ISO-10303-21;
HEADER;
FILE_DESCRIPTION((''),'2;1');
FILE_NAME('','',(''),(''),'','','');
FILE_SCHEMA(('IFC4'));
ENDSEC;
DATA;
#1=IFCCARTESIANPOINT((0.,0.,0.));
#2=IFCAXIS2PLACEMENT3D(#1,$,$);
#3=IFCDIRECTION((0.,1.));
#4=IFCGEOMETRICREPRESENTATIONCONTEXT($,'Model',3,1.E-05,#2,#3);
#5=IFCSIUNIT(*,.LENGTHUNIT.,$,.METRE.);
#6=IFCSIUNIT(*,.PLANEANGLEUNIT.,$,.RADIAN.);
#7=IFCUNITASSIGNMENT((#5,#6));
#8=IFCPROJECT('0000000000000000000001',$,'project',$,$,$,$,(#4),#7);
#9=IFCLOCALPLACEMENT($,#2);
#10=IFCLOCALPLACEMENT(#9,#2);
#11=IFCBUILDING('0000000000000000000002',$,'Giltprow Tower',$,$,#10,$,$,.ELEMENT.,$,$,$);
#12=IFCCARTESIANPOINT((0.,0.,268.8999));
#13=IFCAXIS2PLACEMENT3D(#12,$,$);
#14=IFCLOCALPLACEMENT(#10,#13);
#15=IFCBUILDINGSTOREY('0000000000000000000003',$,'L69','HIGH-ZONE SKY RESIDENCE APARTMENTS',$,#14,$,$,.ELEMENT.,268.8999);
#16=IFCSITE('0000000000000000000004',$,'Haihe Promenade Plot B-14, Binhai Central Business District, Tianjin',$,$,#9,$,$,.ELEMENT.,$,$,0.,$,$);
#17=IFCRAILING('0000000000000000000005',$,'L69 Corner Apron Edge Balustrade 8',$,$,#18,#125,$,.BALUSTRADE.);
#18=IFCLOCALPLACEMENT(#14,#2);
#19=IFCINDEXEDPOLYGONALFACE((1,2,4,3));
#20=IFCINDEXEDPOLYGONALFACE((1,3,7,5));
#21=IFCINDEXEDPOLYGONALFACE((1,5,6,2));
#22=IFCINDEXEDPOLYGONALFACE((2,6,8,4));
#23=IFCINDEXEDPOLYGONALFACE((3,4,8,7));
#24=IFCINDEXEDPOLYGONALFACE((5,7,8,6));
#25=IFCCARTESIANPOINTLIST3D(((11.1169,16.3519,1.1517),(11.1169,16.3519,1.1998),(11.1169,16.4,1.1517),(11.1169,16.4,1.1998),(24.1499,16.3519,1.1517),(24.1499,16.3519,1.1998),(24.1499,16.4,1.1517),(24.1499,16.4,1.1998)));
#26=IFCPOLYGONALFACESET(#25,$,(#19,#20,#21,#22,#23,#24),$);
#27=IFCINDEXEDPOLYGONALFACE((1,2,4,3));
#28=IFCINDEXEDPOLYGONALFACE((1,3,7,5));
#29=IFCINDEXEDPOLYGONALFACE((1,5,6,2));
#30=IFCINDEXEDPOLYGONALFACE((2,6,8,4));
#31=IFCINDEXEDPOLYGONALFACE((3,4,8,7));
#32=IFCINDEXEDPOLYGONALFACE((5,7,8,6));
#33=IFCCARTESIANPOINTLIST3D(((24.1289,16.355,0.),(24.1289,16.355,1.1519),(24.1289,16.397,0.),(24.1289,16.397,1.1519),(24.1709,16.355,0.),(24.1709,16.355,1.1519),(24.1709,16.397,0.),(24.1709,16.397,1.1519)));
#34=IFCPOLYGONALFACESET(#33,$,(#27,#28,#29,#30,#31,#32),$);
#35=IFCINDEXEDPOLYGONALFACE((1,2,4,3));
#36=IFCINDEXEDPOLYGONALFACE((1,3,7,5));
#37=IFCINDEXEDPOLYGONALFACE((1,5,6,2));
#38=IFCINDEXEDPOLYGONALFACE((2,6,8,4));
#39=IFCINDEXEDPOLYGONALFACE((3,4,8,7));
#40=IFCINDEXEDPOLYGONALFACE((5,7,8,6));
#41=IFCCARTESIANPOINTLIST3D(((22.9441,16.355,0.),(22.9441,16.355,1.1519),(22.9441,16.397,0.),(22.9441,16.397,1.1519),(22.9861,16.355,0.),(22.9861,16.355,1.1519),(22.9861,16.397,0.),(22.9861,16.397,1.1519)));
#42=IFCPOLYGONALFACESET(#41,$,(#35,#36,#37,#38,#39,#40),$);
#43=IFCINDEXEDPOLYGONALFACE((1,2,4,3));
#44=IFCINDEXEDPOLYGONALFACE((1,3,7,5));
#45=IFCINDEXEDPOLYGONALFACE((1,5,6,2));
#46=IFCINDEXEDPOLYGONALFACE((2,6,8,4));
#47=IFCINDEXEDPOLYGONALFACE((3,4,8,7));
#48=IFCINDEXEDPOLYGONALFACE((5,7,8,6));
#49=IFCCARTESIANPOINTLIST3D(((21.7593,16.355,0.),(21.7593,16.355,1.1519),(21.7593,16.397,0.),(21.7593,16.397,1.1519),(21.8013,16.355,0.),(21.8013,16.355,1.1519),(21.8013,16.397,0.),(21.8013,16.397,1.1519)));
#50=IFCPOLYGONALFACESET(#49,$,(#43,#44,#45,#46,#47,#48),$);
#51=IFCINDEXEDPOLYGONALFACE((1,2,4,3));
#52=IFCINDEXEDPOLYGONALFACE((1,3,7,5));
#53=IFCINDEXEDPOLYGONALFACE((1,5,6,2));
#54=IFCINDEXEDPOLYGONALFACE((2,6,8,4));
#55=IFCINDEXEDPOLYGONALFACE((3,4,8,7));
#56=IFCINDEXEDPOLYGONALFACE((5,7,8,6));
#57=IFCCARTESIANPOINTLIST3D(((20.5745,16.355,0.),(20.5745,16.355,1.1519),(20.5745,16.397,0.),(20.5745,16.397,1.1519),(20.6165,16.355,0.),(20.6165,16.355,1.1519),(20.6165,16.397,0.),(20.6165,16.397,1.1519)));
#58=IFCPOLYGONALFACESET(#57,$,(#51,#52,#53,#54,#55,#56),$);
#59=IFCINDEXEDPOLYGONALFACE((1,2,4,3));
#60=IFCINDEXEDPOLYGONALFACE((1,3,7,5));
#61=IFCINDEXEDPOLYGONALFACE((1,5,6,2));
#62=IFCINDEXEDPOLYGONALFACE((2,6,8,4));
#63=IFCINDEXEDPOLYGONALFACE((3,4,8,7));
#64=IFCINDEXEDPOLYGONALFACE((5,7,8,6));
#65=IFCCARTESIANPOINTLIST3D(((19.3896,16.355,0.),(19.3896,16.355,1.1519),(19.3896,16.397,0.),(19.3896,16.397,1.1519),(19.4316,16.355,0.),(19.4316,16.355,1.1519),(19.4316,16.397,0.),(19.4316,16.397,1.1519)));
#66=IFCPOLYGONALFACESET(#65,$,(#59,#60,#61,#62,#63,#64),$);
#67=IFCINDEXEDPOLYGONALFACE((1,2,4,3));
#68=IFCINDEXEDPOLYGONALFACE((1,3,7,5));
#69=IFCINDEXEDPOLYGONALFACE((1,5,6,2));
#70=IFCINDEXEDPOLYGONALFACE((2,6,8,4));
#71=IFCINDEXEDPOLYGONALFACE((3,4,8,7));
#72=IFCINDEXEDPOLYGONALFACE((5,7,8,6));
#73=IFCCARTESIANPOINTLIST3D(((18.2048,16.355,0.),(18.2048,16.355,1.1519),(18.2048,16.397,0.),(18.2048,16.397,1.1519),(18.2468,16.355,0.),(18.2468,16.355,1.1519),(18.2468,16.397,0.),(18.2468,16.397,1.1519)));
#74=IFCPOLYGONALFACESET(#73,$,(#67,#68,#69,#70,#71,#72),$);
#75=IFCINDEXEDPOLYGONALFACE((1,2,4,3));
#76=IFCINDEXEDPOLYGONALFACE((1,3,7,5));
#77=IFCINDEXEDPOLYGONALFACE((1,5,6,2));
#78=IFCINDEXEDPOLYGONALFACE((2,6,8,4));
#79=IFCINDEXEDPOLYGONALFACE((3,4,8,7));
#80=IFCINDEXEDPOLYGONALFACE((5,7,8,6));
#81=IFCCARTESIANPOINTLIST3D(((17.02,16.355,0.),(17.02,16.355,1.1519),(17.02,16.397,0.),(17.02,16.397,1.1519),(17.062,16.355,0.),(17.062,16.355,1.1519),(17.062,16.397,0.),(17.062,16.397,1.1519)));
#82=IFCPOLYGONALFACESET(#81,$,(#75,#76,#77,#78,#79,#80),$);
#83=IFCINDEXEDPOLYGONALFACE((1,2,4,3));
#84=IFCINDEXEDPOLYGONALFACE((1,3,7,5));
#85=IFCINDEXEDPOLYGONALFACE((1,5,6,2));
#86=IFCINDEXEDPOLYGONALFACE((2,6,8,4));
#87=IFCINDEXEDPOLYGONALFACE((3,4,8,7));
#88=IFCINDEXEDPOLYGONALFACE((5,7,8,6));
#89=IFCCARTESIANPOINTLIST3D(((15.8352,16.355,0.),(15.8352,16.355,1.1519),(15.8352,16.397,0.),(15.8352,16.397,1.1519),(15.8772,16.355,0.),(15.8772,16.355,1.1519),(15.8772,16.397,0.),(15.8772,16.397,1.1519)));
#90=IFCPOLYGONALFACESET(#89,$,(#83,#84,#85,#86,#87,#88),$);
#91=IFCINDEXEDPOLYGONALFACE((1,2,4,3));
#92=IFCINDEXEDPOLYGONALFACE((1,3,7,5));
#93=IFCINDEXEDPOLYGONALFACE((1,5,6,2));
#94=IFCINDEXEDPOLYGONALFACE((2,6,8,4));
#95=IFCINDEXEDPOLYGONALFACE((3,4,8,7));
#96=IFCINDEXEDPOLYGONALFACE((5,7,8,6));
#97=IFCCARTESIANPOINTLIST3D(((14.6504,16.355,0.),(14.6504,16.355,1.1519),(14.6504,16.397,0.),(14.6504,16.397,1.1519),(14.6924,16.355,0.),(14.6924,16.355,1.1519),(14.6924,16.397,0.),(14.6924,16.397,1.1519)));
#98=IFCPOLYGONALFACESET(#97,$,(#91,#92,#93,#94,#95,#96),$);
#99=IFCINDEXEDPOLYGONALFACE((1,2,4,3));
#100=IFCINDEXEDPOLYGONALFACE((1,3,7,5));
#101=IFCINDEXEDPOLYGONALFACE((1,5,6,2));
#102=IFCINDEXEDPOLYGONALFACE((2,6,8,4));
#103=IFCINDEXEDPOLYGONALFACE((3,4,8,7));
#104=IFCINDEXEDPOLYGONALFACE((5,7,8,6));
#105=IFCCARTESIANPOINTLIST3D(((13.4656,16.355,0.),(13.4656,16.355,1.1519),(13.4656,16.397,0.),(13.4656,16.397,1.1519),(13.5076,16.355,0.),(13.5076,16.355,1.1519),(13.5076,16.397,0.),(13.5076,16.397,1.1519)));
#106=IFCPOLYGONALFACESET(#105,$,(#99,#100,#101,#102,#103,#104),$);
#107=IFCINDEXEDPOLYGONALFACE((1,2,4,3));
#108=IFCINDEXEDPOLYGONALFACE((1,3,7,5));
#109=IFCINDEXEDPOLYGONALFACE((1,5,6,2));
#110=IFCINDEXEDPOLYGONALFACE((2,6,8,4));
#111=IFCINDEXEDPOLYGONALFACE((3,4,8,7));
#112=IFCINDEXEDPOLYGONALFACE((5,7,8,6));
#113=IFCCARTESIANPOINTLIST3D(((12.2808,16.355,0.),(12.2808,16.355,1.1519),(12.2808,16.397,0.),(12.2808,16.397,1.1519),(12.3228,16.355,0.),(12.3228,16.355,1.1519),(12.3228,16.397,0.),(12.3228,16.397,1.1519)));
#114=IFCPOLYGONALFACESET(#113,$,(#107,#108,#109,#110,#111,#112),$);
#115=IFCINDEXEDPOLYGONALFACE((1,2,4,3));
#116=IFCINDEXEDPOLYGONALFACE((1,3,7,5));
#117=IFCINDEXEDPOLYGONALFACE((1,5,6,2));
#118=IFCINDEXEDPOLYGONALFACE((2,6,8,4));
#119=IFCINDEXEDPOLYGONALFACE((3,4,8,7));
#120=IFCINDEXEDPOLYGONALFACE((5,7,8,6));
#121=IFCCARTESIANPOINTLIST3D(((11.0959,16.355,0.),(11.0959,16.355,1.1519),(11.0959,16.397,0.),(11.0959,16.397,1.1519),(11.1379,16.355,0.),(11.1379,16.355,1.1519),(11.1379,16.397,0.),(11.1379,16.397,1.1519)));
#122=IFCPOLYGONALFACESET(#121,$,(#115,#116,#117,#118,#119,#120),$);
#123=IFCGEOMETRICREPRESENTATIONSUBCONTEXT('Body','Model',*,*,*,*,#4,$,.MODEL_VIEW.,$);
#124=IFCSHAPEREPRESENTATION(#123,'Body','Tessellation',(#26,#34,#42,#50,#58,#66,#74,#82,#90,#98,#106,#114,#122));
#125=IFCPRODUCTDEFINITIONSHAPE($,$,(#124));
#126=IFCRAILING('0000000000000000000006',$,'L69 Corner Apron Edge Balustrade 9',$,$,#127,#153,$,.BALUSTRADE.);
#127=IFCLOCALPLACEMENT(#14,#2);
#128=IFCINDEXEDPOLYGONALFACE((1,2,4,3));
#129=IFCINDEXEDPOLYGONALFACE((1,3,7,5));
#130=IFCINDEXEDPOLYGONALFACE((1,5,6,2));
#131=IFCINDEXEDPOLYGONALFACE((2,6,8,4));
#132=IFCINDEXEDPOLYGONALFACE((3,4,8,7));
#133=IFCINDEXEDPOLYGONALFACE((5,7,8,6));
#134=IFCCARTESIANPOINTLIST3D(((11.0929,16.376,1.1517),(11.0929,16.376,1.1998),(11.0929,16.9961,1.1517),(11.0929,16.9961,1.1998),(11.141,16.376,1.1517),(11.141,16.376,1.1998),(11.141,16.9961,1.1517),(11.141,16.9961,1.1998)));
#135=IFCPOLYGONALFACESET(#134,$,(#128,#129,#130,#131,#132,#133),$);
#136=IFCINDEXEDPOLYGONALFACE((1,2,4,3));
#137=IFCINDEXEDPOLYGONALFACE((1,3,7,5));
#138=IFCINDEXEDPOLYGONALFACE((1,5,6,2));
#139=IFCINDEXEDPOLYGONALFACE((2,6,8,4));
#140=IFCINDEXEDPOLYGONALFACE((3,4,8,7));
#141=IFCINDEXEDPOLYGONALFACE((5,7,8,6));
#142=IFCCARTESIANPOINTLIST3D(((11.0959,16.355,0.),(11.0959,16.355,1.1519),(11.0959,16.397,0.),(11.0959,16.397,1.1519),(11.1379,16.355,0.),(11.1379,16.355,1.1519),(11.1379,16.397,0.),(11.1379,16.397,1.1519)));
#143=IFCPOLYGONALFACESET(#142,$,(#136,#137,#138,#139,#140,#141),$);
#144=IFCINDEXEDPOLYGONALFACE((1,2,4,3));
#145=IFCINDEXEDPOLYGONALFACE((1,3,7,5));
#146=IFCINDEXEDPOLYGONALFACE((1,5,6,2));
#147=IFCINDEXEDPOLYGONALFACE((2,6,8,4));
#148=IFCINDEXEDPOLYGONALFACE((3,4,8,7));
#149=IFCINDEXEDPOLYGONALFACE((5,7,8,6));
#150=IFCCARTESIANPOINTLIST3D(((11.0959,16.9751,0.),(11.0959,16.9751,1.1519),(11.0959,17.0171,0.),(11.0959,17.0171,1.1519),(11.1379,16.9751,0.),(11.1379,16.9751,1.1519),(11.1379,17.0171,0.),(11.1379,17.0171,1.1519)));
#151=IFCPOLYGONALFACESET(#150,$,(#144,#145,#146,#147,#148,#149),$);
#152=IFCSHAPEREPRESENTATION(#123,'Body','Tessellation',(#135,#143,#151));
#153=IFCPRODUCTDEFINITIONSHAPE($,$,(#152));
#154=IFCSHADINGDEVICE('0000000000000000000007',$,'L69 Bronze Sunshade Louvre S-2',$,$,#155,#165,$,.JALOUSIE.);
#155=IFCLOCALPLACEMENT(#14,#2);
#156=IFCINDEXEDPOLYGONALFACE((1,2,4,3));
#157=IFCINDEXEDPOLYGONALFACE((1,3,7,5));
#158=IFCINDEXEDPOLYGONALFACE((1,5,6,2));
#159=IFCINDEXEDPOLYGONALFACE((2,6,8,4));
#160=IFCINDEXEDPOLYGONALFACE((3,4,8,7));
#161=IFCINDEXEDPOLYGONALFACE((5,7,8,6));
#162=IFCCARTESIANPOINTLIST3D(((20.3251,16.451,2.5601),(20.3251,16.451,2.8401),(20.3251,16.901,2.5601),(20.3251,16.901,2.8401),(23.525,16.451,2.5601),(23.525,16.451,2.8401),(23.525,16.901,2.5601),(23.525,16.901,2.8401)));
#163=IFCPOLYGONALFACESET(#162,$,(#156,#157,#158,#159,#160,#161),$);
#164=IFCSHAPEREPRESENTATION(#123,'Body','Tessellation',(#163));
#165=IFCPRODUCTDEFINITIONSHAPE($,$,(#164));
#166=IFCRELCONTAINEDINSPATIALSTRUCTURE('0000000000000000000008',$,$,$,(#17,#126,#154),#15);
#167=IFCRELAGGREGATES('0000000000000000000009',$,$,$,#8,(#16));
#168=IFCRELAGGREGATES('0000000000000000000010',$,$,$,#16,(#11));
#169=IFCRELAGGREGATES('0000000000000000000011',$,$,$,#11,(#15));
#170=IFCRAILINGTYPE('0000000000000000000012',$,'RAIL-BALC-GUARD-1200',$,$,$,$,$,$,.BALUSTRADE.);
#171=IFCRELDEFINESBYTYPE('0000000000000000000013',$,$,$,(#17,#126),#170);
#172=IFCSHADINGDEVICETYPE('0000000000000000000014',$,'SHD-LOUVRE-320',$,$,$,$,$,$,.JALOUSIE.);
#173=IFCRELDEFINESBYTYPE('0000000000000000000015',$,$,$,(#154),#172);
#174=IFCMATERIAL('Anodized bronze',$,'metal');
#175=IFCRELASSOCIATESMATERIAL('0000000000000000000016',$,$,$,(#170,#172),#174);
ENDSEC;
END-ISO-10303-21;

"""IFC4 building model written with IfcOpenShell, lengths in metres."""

from ifc_helpers import new_model, si_unit, direction, frame, origin, origin_2d, place, context, subcontext, project, spatial, rectangle, extrude, source, transform, mapped, material, type_object, element, save


model = new_model("IFC4")

# Units and contexts
model_context = context("Model", 3, precision=1e-05, world=origin(), true_north=direction((0.0, 1.0)))
body_context = subcontext(model_context, "Body", "Model", "MODEL_VIEW")
ifc_project = project(units=[si_unit("LENGTHUNIT", "METRE"), si_unit("PLANEANGLEUNIT", "RADIAN")], contexts=[model_context])

# Site, building, storey
site_placement = place(None, origin())
site = spatial("IfcSite", under=ifc_project, at=site_placement, Name="Haihe Promenade Plot B-14, Binhai Central Business District, Tianjin", CompositionType="ELEMENT", RefElevation=0.0)
building_placement = place(site_placement, origin())
building = spatial("IfcBuilding", under=site, at=building_placement, Name="Giltprow Tower", CompositionType="ELEMENT")
storey_placement = place(building_placement, frame((0.0, 0.0, 268.8999)))
storey = spatial("IfcBuildingStorey", under=building, at=storey_placement, Name="L69", Description="HIGH-ZONE SKY RESIDENCE APARTMENTS", CompositionType="ELEMENT", Elevation=268.8999)

# Shared definitions
ifc_material_1 = material(Name="Anodized bronze", Category="metal")

# Railings
railing_type = type_object("IfcRailingType", Name="RAIL-BALC-GUARD-1200", PredefinedType="BALUSTRADE", material=ifc_material_1)
railing_1_placement = place(storey_placement, frame((24.1499, 16.376, 0.0)))
element("IfcRailing", 1, at=railing_1_placement, inside=storey, type_object=railing_type, Name="L69 Corner Apron Edge Balustrade 8", PredefinedType="BALUSTRADE", context=body_context, shape_type="SweptSolid", body=[
    extrude(rectangle(XDim=0.0481, YDim=0.0481, at=origin_2d()), frame((0.0, 0.0, 1.1758), z_axis=(-1.0, 0.0, 0.0), x_axis=(0.0, -1.0, 0.0)), (0.0, 0.0, 1.0), 13.033),
    extrude(rectangle(XDim=0.042, YDim=0.042, at=origin_2d()), origin(), (0.0, 0.0, 1.0), 1.1519),
    extrude(rectangle(XDim=0.042, YDim=0.042, at=origin_2d()), frame((-1.1848, 0.0, 0.0)), (0.0, 0.0, 1.0), 1.1519),
    extrude(rectangle(XDim=0.042, YDim=0.042, at=origin_2d()), frame((-2.3696, 0.0, 0.0)), (0.0, 0.0, 1.0), 1.1519),
    extrude(rectangle(XDim=0.042, YDim=0.042, at=origin_2d()), frame((-3.5544, 0.0, 0.0)), (0.0, 0.0, 1.0), 1.1519),
    extrude(rectangle(XDim=0.042, YDim=0.042, at=origin_2d()), frame((-4.7393, 0.0, 0.0)), (0.0, 0.0, 1.0), 1.1519),
    extrude(rectangle(XDim=0.042, YDim=0.042, at=origin_2d()), frame((-5.9241, 0.0, 0.0)), (0.0, 0.0, 1.0), 1.1519),
    extrude(rectangle(XDim=0.042, YDim=0.042, at=origin_2d()), frame((-7.1089, 0.0, 0.0)), (0.0, 0.0, 1.0), 1.1519),
    extrude(rectangle(XDim=0.042, YDim=0.042, at=origin_2d()), frame((-8.2937, 0.0, 0.0)), (0.0, 0.0, 1.0), 1.1519),
    extrude(rectangle(XDim=0.042, YDim=0.042, at=origin_2d()), frame((-9.4785, 0.0, 0.0)), (0.0, 0.0, 1.0), 1.1519),
    extrude(rectangle(XDim=0.042, YDim=0.042, at=origin_2d()), frame((-10.6633, 0.0, 0.0)), (0.0, 0.0, 1.0), 1.1519),
    extrude(rectangle(XDim=0.042, YDim=0.042, at=origin_2d()), frame((-11.8481, 0.0, 0.0)), (0.0, 0.0, 1.0), 1.1519),
    extrude(rectangle(XDim=0.042, YDim=0.042, at=origin_2d()), frame((-13.033, 0.0, 0.0)), (0.0, 0.0, 1.0), 1.1519),
])
railing_2_placement = place(storey_placement, frame((11.1169, 16.376, 0.0)))
element("IfcRailing", 2, at=railing_2_placement, inside=storey, type_object=railing_type, Name="L69 Corner Apron Edge Balustrade 9", PredefinedType="BALUSTRADE", context=body_context, shape_type="SweptSolid", body=[
    extrude(rectangle(XDim=0.0481, YDim=0.0481, at=origin_2d()), frame((0.0, 0.0, 1.1758), z_axis=(0.0, 1.0, 0.0), x_axis=(-1.0, 0.0, 0.0)), (0.0, 0.0, 1.0), 0.6201),
    extrude(rectangle(XDim=0.042, YDim=0.042, at=origin_2d()), origin(), (0.0, 0.0, 1.0), 1.1519),
    extrude(rectangle(XDim=0.042, YDim=0.042, at=origin_2d()), frame((0.0, 0.6201, 0.0)), (0.0, 0.0, 1.0), 1.1519),
])

# Shading device
shading_device_type = type_object("IfcShadingDeviceType", Name="SHD-LOUVRE-320", PredefinedType="JALOUSIE", material=ifc_material_1)
shared_shape_1 = source(origin(), body_context, "Body", "SweptSolid", [
    extrude(rectangle(XDim=3.2, YDim=0.45, at=origin_2d()), origin(), (0.0, 0.0, 1.0), 0.28),
])
shading_device_placement = place(storey_placement, frame((21.925, 16.676, 2.5601), z_axis=(0.0, 0.0, 1.0), x_axis=(1.0, 0.0, 0.0)))
element("IfcShadingDevice", 3, at=shading_device_placement, inside=storey, type_object=shading_device_type, Name="L69 Bronze Sunshade Louvre S-2", PredefinedType="JALOUSIE", context=body_context, shape_type="MappedRepresentation", body=[
    mapped(shared_shape_1, transform((0.0, 0.0, 0.0), x_axis=(1.0, 0.0, 0.0), y_axis=(0.0, 1.0, 0.0), z_axis=(0.0, 0.0, 1.0), scale=1.0)),
])

save(model, "model.ifc")
